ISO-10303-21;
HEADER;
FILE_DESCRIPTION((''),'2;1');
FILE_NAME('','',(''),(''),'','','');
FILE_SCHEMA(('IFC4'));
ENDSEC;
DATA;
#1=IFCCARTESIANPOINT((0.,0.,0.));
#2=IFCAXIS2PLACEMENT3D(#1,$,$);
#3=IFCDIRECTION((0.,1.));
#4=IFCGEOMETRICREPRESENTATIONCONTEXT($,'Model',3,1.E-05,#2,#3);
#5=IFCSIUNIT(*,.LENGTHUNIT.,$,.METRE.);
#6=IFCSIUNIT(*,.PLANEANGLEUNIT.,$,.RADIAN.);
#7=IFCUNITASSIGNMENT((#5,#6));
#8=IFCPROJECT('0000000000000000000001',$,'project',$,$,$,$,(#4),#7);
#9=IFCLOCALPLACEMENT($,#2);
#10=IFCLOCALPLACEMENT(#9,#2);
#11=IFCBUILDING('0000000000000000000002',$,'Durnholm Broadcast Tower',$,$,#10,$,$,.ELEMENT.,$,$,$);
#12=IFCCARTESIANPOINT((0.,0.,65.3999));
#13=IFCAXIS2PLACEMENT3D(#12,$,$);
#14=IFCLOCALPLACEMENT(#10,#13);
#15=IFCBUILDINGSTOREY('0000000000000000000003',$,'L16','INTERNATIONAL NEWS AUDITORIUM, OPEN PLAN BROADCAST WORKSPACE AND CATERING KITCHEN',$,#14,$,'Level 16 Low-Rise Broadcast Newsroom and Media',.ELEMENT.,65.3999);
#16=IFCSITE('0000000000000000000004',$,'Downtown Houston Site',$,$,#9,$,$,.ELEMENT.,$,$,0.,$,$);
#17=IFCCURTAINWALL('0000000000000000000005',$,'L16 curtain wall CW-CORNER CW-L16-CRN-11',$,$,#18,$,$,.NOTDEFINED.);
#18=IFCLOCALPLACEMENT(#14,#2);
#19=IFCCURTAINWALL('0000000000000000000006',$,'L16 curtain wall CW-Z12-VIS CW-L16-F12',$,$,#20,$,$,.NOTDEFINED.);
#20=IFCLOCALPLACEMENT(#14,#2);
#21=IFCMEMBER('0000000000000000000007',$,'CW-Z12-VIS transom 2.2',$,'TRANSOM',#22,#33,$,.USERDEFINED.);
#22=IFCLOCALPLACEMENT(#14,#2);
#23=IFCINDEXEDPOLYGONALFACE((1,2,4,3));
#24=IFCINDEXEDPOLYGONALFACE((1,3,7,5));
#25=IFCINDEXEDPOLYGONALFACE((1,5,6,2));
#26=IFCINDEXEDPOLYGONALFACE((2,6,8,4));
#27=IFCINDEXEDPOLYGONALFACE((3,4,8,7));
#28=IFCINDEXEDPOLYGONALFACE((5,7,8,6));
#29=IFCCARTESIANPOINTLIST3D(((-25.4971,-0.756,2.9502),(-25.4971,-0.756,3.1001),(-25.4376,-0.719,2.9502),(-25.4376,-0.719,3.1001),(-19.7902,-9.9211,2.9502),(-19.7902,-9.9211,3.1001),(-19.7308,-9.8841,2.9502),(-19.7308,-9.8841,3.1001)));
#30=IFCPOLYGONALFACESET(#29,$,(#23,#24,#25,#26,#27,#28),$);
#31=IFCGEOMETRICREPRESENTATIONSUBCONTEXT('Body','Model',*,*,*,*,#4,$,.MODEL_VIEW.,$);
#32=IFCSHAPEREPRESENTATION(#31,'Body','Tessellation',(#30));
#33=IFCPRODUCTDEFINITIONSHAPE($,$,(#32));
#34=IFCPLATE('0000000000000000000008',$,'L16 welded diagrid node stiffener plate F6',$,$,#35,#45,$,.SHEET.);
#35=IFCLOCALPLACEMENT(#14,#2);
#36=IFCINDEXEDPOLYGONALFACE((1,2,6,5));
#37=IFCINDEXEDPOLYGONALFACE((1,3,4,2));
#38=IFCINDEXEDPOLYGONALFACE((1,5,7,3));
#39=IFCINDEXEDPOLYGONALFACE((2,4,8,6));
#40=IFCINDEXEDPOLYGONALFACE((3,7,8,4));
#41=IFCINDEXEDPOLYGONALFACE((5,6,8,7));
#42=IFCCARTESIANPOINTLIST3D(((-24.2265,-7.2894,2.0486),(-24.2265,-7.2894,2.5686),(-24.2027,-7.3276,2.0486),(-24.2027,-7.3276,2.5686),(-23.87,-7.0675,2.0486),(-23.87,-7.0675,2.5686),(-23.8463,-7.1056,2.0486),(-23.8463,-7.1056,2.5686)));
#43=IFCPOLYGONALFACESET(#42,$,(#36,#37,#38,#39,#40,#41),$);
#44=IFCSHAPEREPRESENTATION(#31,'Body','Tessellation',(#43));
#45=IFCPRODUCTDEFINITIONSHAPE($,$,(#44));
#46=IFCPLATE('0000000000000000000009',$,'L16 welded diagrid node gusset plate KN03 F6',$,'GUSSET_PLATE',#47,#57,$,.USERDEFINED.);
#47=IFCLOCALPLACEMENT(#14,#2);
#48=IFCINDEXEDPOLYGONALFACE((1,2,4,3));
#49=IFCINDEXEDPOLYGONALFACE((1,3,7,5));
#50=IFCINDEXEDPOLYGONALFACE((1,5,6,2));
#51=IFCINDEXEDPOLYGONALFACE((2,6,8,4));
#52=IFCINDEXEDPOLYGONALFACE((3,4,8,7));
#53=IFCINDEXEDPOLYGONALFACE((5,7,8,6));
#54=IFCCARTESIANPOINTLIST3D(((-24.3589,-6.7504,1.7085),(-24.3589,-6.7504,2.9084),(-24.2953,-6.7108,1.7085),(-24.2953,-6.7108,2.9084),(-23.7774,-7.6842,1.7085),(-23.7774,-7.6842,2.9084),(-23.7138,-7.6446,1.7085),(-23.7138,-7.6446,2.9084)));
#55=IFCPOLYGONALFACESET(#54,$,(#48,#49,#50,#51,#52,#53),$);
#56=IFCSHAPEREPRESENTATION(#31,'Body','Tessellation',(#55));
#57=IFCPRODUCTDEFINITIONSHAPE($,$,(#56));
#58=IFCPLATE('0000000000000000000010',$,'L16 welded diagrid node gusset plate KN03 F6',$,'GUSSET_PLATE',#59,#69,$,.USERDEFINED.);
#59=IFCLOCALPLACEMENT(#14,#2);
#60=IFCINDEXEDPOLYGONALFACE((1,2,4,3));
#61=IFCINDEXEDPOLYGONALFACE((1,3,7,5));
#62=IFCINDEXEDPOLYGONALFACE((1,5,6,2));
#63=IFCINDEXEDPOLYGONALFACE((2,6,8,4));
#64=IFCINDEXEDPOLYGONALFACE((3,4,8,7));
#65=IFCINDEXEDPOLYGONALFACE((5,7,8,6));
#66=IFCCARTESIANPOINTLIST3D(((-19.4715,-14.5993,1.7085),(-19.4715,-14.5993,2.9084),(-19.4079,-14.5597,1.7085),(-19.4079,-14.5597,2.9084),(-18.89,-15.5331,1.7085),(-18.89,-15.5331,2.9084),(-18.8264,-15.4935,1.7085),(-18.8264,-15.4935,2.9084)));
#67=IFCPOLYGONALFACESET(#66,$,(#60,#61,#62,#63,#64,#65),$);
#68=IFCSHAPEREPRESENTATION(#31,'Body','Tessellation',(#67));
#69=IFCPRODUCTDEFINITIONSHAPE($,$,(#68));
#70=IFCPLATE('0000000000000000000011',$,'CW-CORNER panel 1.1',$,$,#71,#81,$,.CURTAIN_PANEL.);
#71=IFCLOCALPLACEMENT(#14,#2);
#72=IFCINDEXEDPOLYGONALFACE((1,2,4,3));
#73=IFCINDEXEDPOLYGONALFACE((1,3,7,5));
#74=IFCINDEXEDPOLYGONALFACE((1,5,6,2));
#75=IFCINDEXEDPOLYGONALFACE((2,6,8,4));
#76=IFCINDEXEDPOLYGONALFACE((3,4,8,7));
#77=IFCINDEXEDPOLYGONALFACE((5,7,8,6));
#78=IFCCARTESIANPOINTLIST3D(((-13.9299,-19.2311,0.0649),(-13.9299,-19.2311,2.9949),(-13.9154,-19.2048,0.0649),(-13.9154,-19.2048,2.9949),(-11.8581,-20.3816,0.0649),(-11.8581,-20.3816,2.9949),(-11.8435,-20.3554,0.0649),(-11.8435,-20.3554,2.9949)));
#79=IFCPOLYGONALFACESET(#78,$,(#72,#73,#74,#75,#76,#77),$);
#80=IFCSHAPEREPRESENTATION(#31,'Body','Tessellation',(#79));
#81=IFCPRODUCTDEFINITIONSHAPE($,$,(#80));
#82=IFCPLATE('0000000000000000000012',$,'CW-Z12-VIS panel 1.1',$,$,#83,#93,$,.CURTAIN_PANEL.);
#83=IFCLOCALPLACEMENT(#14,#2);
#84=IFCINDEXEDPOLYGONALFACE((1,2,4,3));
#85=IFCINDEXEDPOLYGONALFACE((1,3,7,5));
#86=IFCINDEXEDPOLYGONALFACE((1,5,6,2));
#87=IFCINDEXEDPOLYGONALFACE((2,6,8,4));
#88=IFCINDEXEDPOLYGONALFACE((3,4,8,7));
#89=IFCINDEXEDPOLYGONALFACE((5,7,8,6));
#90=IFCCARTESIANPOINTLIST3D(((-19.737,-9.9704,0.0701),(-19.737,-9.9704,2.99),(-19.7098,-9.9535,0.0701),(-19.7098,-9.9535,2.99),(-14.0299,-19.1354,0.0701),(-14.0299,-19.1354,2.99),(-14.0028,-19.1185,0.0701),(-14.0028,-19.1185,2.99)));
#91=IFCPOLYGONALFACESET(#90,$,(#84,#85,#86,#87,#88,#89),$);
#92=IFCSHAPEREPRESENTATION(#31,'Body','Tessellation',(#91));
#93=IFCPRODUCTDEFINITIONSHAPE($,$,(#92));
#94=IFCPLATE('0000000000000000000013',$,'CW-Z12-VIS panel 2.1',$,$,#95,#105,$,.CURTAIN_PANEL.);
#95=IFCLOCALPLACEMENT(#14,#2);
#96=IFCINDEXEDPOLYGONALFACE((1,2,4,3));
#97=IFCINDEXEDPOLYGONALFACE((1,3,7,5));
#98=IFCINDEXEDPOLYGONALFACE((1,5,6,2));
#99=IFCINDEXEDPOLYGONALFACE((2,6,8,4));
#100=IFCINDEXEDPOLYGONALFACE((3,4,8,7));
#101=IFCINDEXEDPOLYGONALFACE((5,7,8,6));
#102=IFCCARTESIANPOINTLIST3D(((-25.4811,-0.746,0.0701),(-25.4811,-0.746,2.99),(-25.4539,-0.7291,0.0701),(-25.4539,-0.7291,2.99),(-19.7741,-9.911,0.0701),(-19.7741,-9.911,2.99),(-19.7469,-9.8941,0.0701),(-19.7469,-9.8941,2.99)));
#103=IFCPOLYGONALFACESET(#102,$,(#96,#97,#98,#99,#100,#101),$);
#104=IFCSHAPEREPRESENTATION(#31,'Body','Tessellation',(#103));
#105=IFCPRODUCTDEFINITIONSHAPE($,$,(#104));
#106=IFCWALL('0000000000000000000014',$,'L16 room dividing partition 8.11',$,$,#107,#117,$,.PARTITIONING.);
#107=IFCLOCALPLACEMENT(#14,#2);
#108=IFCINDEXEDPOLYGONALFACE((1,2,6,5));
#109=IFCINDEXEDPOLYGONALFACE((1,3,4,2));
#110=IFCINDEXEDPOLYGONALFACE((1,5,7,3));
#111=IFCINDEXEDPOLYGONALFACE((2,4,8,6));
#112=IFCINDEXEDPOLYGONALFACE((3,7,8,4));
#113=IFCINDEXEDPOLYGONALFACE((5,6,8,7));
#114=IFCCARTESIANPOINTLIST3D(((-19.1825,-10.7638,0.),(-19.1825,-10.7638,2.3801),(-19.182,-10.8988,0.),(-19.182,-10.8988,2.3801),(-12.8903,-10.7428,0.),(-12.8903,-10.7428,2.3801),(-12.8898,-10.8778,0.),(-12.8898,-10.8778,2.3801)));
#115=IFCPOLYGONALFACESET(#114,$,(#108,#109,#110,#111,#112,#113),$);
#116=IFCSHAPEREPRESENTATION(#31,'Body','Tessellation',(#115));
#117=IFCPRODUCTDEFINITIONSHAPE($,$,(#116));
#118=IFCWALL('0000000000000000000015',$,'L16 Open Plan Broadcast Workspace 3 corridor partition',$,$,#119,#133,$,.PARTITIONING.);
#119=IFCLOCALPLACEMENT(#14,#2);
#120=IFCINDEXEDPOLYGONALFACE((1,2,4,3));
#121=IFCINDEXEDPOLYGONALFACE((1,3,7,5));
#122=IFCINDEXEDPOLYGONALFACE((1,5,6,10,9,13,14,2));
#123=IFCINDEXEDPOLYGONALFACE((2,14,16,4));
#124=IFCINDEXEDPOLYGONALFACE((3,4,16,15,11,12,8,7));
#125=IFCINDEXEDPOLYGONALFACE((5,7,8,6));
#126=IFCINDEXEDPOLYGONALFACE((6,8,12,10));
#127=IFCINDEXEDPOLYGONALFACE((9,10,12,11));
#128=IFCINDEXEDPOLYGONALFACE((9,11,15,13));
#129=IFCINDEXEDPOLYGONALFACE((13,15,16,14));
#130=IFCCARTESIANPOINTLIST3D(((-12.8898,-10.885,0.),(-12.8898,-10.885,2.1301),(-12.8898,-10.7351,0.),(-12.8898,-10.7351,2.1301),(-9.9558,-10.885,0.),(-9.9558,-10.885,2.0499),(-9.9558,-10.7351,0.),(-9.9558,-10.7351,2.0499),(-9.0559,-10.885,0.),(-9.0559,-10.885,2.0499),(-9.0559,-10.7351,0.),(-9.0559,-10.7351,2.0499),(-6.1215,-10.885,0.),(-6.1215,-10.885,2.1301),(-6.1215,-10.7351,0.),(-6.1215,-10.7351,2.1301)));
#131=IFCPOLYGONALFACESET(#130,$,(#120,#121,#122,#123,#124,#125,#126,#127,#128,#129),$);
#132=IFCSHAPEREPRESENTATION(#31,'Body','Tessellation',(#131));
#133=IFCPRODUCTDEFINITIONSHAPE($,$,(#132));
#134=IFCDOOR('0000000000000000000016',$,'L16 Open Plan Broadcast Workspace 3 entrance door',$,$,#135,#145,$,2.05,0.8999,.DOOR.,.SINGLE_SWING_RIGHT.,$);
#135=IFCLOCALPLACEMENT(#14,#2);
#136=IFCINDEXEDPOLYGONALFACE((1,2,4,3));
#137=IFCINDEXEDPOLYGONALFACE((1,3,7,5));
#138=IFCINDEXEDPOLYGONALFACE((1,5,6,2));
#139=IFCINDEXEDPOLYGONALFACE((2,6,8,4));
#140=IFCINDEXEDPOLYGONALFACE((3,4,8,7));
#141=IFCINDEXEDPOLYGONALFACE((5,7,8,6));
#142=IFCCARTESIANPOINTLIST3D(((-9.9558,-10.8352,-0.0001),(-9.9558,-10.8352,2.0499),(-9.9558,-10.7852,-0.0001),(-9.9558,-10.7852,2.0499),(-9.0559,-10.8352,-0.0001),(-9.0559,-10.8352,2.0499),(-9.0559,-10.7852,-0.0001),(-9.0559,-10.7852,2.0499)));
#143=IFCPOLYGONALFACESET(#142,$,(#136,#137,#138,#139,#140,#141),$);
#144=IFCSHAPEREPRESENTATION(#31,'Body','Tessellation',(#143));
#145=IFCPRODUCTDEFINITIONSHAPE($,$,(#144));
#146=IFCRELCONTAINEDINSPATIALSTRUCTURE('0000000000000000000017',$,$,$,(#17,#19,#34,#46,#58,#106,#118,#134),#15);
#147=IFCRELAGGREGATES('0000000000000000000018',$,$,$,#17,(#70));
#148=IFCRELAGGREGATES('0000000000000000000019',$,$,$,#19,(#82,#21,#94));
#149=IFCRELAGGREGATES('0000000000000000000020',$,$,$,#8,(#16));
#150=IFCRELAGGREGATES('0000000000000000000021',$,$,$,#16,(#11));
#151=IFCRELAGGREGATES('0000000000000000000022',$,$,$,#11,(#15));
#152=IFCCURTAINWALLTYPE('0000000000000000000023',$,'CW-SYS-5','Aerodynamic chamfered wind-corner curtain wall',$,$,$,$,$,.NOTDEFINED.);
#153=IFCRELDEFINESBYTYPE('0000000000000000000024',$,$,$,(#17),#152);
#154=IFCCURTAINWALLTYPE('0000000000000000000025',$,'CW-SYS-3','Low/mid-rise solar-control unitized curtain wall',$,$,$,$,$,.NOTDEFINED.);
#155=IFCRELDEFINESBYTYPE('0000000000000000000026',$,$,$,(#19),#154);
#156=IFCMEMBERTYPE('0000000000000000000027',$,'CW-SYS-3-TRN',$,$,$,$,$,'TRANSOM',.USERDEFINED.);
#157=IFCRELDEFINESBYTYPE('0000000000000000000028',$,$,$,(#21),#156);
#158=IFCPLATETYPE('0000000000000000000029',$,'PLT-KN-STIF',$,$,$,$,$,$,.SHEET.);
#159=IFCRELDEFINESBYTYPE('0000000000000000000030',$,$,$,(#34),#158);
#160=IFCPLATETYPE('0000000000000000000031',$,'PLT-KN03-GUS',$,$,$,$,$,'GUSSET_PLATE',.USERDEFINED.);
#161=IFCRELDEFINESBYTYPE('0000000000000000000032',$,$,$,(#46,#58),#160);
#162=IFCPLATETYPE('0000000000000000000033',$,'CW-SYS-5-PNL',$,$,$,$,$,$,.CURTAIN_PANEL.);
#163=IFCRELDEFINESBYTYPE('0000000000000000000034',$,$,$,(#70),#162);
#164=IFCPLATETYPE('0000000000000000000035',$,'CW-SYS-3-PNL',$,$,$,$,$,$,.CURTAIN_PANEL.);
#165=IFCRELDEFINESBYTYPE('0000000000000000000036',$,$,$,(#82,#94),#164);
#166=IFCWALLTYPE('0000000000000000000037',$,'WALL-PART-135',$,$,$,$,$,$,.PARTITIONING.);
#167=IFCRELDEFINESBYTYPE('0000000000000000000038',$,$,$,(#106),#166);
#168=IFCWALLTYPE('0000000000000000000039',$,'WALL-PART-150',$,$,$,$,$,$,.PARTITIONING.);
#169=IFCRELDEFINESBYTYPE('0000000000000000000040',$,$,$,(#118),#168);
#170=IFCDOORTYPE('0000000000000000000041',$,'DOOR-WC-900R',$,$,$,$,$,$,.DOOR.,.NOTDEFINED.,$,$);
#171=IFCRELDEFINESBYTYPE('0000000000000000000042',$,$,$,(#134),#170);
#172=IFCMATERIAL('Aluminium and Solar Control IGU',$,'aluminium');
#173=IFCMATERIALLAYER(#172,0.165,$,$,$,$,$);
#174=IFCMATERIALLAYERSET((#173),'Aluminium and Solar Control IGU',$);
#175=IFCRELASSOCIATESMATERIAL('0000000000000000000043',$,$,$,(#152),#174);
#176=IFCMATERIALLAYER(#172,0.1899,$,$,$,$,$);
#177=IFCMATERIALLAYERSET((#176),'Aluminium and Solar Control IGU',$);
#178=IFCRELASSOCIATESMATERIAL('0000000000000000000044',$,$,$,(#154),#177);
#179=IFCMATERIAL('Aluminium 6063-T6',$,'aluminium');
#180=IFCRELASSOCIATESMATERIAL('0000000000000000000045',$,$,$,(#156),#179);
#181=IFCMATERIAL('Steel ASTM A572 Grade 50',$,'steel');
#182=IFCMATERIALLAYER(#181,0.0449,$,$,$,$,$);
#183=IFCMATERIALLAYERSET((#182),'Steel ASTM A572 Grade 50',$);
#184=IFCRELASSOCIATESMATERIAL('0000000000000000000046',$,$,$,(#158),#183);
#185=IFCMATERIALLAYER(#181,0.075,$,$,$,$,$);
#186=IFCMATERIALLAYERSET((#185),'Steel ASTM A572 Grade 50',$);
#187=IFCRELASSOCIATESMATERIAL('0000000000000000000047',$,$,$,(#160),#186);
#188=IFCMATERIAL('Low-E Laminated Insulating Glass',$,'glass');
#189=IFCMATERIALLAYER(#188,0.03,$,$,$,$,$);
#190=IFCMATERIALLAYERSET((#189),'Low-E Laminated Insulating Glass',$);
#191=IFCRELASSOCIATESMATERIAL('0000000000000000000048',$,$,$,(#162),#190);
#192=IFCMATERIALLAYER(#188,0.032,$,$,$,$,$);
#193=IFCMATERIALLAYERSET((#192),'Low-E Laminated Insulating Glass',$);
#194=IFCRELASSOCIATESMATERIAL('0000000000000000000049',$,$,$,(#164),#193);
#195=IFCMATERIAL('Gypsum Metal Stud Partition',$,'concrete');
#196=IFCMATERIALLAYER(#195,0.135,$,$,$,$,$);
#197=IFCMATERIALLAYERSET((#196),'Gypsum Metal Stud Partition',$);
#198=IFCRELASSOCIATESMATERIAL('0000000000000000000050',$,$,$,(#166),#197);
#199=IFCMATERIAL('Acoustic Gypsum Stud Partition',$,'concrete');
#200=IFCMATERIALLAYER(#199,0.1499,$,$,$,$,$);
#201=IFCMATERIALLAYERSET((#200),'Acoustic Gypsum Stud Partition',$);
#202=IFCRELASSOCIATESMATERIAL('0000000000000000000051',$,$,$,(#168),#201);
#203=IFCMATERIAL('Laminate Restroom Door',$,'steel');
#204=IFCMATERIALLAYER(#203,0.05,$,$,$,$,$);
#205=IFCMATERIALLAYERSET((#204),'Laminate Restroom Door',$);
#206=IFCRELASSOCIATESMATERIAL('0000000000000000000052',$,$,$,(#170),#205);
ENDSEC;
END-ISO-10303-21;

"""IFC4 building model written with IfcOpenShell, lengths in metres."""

from ifc_helpers import new_model, si_unit, direction, frame, frame_2d, origin, origin_2d, place, context, subcontext, project, spatial, rectangle, extrude, source, transform, mapped, material, layer, layer_set, material_profile, profile_set, type_object, type_shapes, element, fill, aggregate, save


model = new_model("IFC4")

# Units and contexts
model_context = context("Model", 3, precision=1e-05, world=origin(), true_north=direction((0.0, 1.0)))
body_context = subcontext(model_context, "Body", "Model", "MODEL_VIEW")
ifc_project = project(units=[si_unit("LENGTHUNIT", "METRE"), si_unit("PLANEANGLEUNIT", "RADIAN")], contexts=[model_context])

# Site, building, storey
site_placement = place(None, origin())
site = spatial("IfcSite", under=ifc_project, at=site_placement, Name="Downtown Houston Site", CompositionType="ELEMENT", RefElevation=0.0)
building_placement = place(site_placement, origin())
building = spatial("IfcBuilding", under=site, at=building_placement, Name="Durnholm Broadcast Tower", CompositionType="ELEMENT")
storey_placement = place(building_placement, frame((0.0, 0.0, 65.3999)))
storey = spatial("IfcBuildingStorey", under=building, at=storey_placement, Name="L16", Description="INTERNATIONAL NEWS AUDITORIUM, OPEN PLAN BROADCAST WORKSPACE AND CATERING KITCHEN", LongName="Level 16 Low-Rise Broadcast Newsroom and Media", CompositionType="ELEMENT", Elevation=65.3999)

# Shared definitions
ifc_material_1 = material(Name="Aluminium and Solar Control IGU", Category="aluminium")
ifc_layer_1 = layer(ifc_material_1, 0.165)
ifc_layer_set_1 = layer_set([ifc_layer_1], Name="Aluminium and Solar Control IGU")
curtain_wall_type_1 = type_object("IfcCurtainWallType", Name="CW-SYS-5", Description="Aerodynamic chamfered wind-corner curtain wall", PredefinedType="NOTDEFINED", material=ifc_layer_set_1)
ifc_material_2 = material(Name="Aluminium 6063-T6", Category="aluminium")

# Curtain wall
curtain_wall_1_placement = place(storey_placement, origin())
curtain_wall_1 = element("IfcCurtainWall", 1, at=curtain_wall_1_placement, inside=storey, type_object=curtain_wall_type_1, Name="L16 curtain wall CW-CORNER CW-L16-CRN-11", PredefinedType="NOTDEFINED")

# Shared definitions
ifc_layer_2 = layer(ifc_material_1, 0.1899)
ifc_layer_set_2 = layer_set([ifc_layer_2], Name="Aluminium and Solar Control IGU")
curtain_wall_type_2 = type_object("IfcCurtainWallType", Name="CW-SYS-3", Description="Low/mid-rise solar-control unitized curtain wall", PredefinedType="NOTDEFINED", material=ifc_layer_set_2)

# Curtain wall, member
curtain_wall_2_placement = place(storey_placement, origin())
curtain_wall_2 = element("IfcCurtainWall", 2, at=curtain_wall_2_placement, inside=storey, type_object=curtain_wall_type_2, Name="L16 curtain wall CW-Z12-VIS CW-L16-F12", PredefinedType="NOTDEFINED")
ifc_material_profile_1 = material_profile(ifc_material_2, rectangle(XDim=0.0701, YDim=0.1499, at=origin_2d()), Name="CWT70X150")
ifc_profile_set_1 = profile_set([ifc_material_profile_1], Name="Aluminium 6063-T6")
member_type_1 = type_object("IfcMemberType", Name="CW-SYS-3-TRN", ElementType="TRANSOM", PredefinedType="USERDEFINED", material=ifc_profile_set_1)
shared_shape_1 = source(origin(), body_context, "Body", "SweptSolid", [
    extrude(rectangle(XDim=0.0701, YDim=0.1499, at=origin_2d()), origin(), (0.0, 0.0, 1.0), 10.7966),
])
type_shapes(member_type_1, [shared_shape_1])
member_1_placement = place(storey_placement, frame((-19.7605, -9.9026, 3.0251), z_axis=(-0.528575, 0.848886, 0.0), x_axis=(-0.848886, -0.528575, 0.0)))
member_1 = element("IfcMember", 3, at=member_1_placement, type_object=member_type_1, Name="CW-Z12-VIS transom 2.2", ObjectType="TRANSOM", PredefinedType="USERDEFINED", context=body_context, shape_type="MappedRepresentation", body=[
    mapped(shared_shape_1, transform((0.0, 0.0, 0.0), x_axis=(1.0, 0.0, 0.0), y_axis=(0.0, 1.0, 0.0), z_axis=(0.0, 0.0, 1.0), scale=1.0)),
])

# Plates
ifc_material_3 = material(Name="Steel ASTM A572 Grade 50", Category="steel")
ifc_layer_3 = layer(ifc_material_3, 0.0449)
ifc_layer_set_3 = layer_set([ifc_layer_3], Name="Steel ASTM A572 Grade 50")
plate_type_1 = type_object("IfcPlateType", Name="PLT-KN-STIF", PredefinedType="SHEET", material=ifc_layer_set_3)
shared_shape_2 = source(origin(), body_context, "Body", "SweptSolid", [
    extrude(rectangle(XDim=0.0449, YDim=0.4199, at=origin_2d()), origin(), (0.0, 0.0, 1.0), 0.52),
])
type_shapes(plate_type_1, [shared_shape_2])
plate_1_placement = place(storey_placement, frame((-24.0364, -7.1975, 2.0486), z_axis=(0.0, 0.0, 1.0), x_axis=(0.528587, -0.848879, 0.0)))
element("IfcPlate", 4, at=plate_1_placement, inside=storey, type_object=plate_type_1, Name="L16 welded diagrid node stiffener plate F6", PredefinedType="SHEET", context=body_context, shape_type="MappedRepresentation", body=[
    mapped(shared_shape_2, transform((0.0, 0.0, 0.0), x_axis=(1.0, 0.0, 0.0), y_axis=(0.0, 1.0, 0.0), z_axis=(0.0, 0.0, 1.0), scale=1.0)),
])
ifc_layer_4 = layer(ifc_material_3, 0.075)
ifc_layer_set_4 = layer_set([ifc_layer_4], Name="Steel ASTM A572 Grade 50")
plate_type_2 = type_object("IfcPlateType", Name="PLT-KN03-GUS", ElementType="GUSSET_PLATE", PredefinedType="USERDEFINED", material=ifc_layer_set_4)
shared_shape_3 = source(origin(), body_context, "Body", "SweptSolid", [
    extrude(rectangle(XDim=1.1001, YDim=0.075, at=origin_2d()), origin(), (0.0, 0.0, 1.0), 1.2),
])
type_shapes(plate_type_2, [shared_shape_3])
for number, where, z_axis, x_axis, name in (
    (5, (-24.0364, -7.1975, 1.7085), (0.0, 0.0, 1.0), (0.528587, -0.848879, 0.0), "L16 welded diagrid node gusset plate KN03 F6"),
    (6, (-19.1489, -15.0464, 1.7085), (0.0, 0.0, 1.0), (0.528587, -0.848879, 0.0), "L16 welded diagrid node gusset plate KN03 F6"),
):
    element("IfcPlate", number, at=place(storey_placement, frame(where, z_axis=z_axis, x_axis=x_axis)), inside=storey, type_object=plate_type_2, Name=name, ObjectType="GUSSET_PLATE", PredefinedType="USERDEFINED", context=body_context, shape_type="MappedRepresentation", body=[
        mapped(shared_shape_3, transform((0.0, 0.0, 0.0), x_axis=(1.0, 0.0, 0.0), y_axis=(0.0, 1.0, 0.0), z_axis=(0.0, 0.0, 1.0), scale=1.0)),
    ])

# Plates
ifc_material_4 = material(Name="Low-E Laminated Insulating Glass", Category="glass")
ifc_layer_5 = layer(ifc_material_4, 0.03)
ifc_layer_set_5 = layer_set([ifc_layer_5], Name="Low-E Laminated Insulating Glass")
plate_type_3 = type_object("IfcPlateType", Name="CW-SYS-5-PNL", PredefinedType="CURTAIN_PANEL", material=ifc_layer_set_5)
shared_shape_4 = source(origin(), body_context, "Body", "SweptSolid", [
    extrude(rectangle(XDim=2.3699, YDim=0.03, at=origin_2d()), origin(), (0.0, 0.0, 1.0), 2.9299),
])
type_shapes(plate_type_3, [shared_shape_4])
plate_2_placement = place(storey_placement, frame((-12.8867, -19.7932, 0.0649), z_axis=(0.0, 0.0, 1.0), x_axis=(-0.874246, 0.485483, 0.0)))
plate_2 = element("IfcPlate", 7, at=plate_2_placement, type_object=plate_type_3, Name="CW-CORNER panel 1.1", PredefinedType="CURTAIN_PANEL", context=body_context, shape_type="MappedRepresentation", body=[
    mapped(shared_shape_4, transform((0.0, 0.0, 0.0), x_axis=(1.0, 0.0, 0.0), y_axis=(0.0, 1.0, 0.0), z_axis=(0.0, 0.0, 1.0), scale=1.0)),
])
aggregate(curtain_wall_1, [plate_2])
ifc_layer_6 = layer(ifc_material_4, 0.032)
ifc_layer_set_6 = layer_set([ifc_layer_6], Name="Low-E Laminated Insulating Glass")
plate_type_4 = type_object("IfcPlateType", Name="CW-SYS-3-PNL", PredefinedType="CURTAIN_PANEL", material=ifc_layer_set_6)
shared_shape_5 = source(origin(), body_context, "Body", "SweptSolid", [
    extrude(rectangle(XDim=10.7966, YDim=0.032, at=origin_2d()), origin(), (0.0, 0.0, 1.0), 2.9199),
])
type_shapes(plate_type_4, [shared_shape_5])
plate_3_placement = place(storey_placement, frame((-16.8699, -14.5444, 0.0701), z_axis=(0.0, 0.0, 1.0), x_axis=(-0.528592, 0.848876, 0.0)))
plate_3 = element("IfcPlate", 8, at=plate_3_placement, type_object=plate_type_4, Name="CW-Z12-VIS panel 1.1", PredefinedType="CURTAIN_PANEL", context=body_context, shape_type="MappedRepresentation", body=[
    mapped(shared_shape_5, transform((0.0, 0.0, 0.0), x_axis=(1.0, 0.0, 0.0), y_axis=(0.0, 1.0, 0.0), z_axis=(0.0, 0.0, 1.0), scale=1.0)),
])
plate_4_placement = place(storey_placement, frame((-22.614, -5.3201, 0.0701), z_axis=(0.0, 0.0, 1.0), x_axis=(-0.528592, 0.848876, 0.0)))
plate_4 = element("IfcPlate", 9, at=plate_4_placement, type_object=plate_type_4, Name="CW-Z12-VIS panel 2.1", PredefinedType="CURTAIN_PANEL", context=body_context, shape_type="MappedRepresentation", body=[
    mapped(shared_shape_5, transform((0.0, 0.0, 0.0), x_axis=(1.0, 0.0, 0.0), y_axis=(0.0, 1.0, 0.0), z_axis=(0.0, 0.0, 1.0), scale=1.0)),
])
aggregate(curtain_wall_2, [plate_3, member_1, plate_4])

# Wall
ifc_material_5 = material(Name="Gypsum Metal Stud Partition", Category="concrete")
ifc_layer_7 = layer(ifc_material_5, 0.135)
ifc_layer_set_7 = layer_set([ifc_layer_7], Name="Gypsum Metal Stud Partition")
wall_type_1 = type_object("IfcWallType", Name="WALL-PART-135", PredefinedType="PARTITIONING", material=ifc_layer_set_7)
wall_1_placement = place(storey_placement, frame((-19.1821, -10.8313, 0.0), z_axis=(0.0, 0.0, 1.0), x_axis=(0.999994, 0.003337, 0.0)))
element("IfcWall", 10, at=wall_1_placement, inside=storey, type_object=wall_type_1, Name="L16 room dividing partition 8.11", PredefinedType="PARTITIONING", context=body_context, shape_type="SweptSolid", body=[
    extrude(rectangle(XDim=6.2922, YDim=0.135, at=frame_2d((3.146, 0.0))), origin(), (0.0, 0.0, 1.0), 2.3801),
])

# Wall, opening, door
ifc_material_6 = material(Name="Acoustic Gypsum Stud Partition", Category="concrete")
ifc_layer_8 = layer(ifc_material_6, 0.1499)
ifc_layer_set_8 = layer_set([ifc_layer_8], Name="Acoustic Gypsum Stud Partition")
wall_type_2 = type_object("IfcWallType", Name="WALL-PART-150", PredefinedType="PARTITIONING", material=ifc_layer_set_8)
wall_2_placement = place(storey_placement, frame((-12.8899, -10.8101, 0.0), z_axis=(0.0, 0.0, 1.0), x_axis=(1.0, 0.0, 0.0)))
wall_2 = element("IfcWall", 11, at=wall_2_placement, inside=storey, type_object=wall_type_2, Name="L16 Open Plan Broadcast Workspace 3 corridor partition", PredefinedType="PARTITIONING", context=body_context, shape_type="SweptSolid", body=[
    extrude(rectangle(XDim=6.7683, YDim=0.1499, at=frame_2d((3.3843, 0.0))), origin(), (0.0, 0.0, 1.0), 2.1301),
])
opening_placement = place(wall_2_placement, frame((2.9341, 0.0, 0.0)))
opening = element("IfcOpeningElement", 12, at=opening_placement, cuts=wall_2, PredefinedType="OPENING", context=body_context, shape_type="SweptSolid", body=[
    extrude(rectangle(XDim=0.8999, YDim=2.05, at=frame_2d((0.45, 1.0249))), frame((0.0, 0.085, 0.0), z_axis=(0.0, -1.0, 0.0), x_axis=(1.0, 0.0, 0.0)), (0.0, 0.0, 1.0), 0.1699),
])
ifc_material_7 = material(Name="Laminate Restroom Door", Category="steel")
ifc_layer_9 = layer(ifc_material_7, 0.05)
ifc_layer_set_9 = layer_set([ifc_layer_9], Name="Laminate Restroom Door")
door_type = type_object("IfcDoorType", Name="DOOR-WC-900R", OperationType="NOTDEFINED", PredefinedType="DOOR", material=ifc_layer_set_9)
shared_shape_6 = source(origin(), body_context, "Body", "SweptSolid", [
    extrude(rectangle(XDim=0.8999, YDim=2.05, at=frame_2d((0.45, 1.0249))), frame((0.0, 0.0249, 0.0), z_axis=(0.0, -1.0, 0.0), x_axis=(1.0, 0.0, 0.0)), (0.0, 0.0, 1.0), 0.05),
])
type_shapes(door_type, [shared_shape_6])
door_placement = place(opening_placement, origin())
door = element("IfcDoor", 13, at=door_placement, inside=storey, type_object=door_type, Name="L16 Open Plan Broadcast Workspace 3 entrance door", OperationType="SINGLE_SWING_RIGHT", OverallHeight=2.05, OverallWidth=0.8999, PredefinedType="DOOR", context=body_context, shape_type="MappedRepresentation", body=[
    mapped(shared_shape_6, transform((0.0, 0.0, 0.0), x_axis=(1.0, 0.0, 0.0), y_axis=(0.0, 1.0, 0.0), z_axis=(0.0, 0.0, 1.0), scale=1.0)),
])
fill(opening, door)

save(model, "model.ifc")
